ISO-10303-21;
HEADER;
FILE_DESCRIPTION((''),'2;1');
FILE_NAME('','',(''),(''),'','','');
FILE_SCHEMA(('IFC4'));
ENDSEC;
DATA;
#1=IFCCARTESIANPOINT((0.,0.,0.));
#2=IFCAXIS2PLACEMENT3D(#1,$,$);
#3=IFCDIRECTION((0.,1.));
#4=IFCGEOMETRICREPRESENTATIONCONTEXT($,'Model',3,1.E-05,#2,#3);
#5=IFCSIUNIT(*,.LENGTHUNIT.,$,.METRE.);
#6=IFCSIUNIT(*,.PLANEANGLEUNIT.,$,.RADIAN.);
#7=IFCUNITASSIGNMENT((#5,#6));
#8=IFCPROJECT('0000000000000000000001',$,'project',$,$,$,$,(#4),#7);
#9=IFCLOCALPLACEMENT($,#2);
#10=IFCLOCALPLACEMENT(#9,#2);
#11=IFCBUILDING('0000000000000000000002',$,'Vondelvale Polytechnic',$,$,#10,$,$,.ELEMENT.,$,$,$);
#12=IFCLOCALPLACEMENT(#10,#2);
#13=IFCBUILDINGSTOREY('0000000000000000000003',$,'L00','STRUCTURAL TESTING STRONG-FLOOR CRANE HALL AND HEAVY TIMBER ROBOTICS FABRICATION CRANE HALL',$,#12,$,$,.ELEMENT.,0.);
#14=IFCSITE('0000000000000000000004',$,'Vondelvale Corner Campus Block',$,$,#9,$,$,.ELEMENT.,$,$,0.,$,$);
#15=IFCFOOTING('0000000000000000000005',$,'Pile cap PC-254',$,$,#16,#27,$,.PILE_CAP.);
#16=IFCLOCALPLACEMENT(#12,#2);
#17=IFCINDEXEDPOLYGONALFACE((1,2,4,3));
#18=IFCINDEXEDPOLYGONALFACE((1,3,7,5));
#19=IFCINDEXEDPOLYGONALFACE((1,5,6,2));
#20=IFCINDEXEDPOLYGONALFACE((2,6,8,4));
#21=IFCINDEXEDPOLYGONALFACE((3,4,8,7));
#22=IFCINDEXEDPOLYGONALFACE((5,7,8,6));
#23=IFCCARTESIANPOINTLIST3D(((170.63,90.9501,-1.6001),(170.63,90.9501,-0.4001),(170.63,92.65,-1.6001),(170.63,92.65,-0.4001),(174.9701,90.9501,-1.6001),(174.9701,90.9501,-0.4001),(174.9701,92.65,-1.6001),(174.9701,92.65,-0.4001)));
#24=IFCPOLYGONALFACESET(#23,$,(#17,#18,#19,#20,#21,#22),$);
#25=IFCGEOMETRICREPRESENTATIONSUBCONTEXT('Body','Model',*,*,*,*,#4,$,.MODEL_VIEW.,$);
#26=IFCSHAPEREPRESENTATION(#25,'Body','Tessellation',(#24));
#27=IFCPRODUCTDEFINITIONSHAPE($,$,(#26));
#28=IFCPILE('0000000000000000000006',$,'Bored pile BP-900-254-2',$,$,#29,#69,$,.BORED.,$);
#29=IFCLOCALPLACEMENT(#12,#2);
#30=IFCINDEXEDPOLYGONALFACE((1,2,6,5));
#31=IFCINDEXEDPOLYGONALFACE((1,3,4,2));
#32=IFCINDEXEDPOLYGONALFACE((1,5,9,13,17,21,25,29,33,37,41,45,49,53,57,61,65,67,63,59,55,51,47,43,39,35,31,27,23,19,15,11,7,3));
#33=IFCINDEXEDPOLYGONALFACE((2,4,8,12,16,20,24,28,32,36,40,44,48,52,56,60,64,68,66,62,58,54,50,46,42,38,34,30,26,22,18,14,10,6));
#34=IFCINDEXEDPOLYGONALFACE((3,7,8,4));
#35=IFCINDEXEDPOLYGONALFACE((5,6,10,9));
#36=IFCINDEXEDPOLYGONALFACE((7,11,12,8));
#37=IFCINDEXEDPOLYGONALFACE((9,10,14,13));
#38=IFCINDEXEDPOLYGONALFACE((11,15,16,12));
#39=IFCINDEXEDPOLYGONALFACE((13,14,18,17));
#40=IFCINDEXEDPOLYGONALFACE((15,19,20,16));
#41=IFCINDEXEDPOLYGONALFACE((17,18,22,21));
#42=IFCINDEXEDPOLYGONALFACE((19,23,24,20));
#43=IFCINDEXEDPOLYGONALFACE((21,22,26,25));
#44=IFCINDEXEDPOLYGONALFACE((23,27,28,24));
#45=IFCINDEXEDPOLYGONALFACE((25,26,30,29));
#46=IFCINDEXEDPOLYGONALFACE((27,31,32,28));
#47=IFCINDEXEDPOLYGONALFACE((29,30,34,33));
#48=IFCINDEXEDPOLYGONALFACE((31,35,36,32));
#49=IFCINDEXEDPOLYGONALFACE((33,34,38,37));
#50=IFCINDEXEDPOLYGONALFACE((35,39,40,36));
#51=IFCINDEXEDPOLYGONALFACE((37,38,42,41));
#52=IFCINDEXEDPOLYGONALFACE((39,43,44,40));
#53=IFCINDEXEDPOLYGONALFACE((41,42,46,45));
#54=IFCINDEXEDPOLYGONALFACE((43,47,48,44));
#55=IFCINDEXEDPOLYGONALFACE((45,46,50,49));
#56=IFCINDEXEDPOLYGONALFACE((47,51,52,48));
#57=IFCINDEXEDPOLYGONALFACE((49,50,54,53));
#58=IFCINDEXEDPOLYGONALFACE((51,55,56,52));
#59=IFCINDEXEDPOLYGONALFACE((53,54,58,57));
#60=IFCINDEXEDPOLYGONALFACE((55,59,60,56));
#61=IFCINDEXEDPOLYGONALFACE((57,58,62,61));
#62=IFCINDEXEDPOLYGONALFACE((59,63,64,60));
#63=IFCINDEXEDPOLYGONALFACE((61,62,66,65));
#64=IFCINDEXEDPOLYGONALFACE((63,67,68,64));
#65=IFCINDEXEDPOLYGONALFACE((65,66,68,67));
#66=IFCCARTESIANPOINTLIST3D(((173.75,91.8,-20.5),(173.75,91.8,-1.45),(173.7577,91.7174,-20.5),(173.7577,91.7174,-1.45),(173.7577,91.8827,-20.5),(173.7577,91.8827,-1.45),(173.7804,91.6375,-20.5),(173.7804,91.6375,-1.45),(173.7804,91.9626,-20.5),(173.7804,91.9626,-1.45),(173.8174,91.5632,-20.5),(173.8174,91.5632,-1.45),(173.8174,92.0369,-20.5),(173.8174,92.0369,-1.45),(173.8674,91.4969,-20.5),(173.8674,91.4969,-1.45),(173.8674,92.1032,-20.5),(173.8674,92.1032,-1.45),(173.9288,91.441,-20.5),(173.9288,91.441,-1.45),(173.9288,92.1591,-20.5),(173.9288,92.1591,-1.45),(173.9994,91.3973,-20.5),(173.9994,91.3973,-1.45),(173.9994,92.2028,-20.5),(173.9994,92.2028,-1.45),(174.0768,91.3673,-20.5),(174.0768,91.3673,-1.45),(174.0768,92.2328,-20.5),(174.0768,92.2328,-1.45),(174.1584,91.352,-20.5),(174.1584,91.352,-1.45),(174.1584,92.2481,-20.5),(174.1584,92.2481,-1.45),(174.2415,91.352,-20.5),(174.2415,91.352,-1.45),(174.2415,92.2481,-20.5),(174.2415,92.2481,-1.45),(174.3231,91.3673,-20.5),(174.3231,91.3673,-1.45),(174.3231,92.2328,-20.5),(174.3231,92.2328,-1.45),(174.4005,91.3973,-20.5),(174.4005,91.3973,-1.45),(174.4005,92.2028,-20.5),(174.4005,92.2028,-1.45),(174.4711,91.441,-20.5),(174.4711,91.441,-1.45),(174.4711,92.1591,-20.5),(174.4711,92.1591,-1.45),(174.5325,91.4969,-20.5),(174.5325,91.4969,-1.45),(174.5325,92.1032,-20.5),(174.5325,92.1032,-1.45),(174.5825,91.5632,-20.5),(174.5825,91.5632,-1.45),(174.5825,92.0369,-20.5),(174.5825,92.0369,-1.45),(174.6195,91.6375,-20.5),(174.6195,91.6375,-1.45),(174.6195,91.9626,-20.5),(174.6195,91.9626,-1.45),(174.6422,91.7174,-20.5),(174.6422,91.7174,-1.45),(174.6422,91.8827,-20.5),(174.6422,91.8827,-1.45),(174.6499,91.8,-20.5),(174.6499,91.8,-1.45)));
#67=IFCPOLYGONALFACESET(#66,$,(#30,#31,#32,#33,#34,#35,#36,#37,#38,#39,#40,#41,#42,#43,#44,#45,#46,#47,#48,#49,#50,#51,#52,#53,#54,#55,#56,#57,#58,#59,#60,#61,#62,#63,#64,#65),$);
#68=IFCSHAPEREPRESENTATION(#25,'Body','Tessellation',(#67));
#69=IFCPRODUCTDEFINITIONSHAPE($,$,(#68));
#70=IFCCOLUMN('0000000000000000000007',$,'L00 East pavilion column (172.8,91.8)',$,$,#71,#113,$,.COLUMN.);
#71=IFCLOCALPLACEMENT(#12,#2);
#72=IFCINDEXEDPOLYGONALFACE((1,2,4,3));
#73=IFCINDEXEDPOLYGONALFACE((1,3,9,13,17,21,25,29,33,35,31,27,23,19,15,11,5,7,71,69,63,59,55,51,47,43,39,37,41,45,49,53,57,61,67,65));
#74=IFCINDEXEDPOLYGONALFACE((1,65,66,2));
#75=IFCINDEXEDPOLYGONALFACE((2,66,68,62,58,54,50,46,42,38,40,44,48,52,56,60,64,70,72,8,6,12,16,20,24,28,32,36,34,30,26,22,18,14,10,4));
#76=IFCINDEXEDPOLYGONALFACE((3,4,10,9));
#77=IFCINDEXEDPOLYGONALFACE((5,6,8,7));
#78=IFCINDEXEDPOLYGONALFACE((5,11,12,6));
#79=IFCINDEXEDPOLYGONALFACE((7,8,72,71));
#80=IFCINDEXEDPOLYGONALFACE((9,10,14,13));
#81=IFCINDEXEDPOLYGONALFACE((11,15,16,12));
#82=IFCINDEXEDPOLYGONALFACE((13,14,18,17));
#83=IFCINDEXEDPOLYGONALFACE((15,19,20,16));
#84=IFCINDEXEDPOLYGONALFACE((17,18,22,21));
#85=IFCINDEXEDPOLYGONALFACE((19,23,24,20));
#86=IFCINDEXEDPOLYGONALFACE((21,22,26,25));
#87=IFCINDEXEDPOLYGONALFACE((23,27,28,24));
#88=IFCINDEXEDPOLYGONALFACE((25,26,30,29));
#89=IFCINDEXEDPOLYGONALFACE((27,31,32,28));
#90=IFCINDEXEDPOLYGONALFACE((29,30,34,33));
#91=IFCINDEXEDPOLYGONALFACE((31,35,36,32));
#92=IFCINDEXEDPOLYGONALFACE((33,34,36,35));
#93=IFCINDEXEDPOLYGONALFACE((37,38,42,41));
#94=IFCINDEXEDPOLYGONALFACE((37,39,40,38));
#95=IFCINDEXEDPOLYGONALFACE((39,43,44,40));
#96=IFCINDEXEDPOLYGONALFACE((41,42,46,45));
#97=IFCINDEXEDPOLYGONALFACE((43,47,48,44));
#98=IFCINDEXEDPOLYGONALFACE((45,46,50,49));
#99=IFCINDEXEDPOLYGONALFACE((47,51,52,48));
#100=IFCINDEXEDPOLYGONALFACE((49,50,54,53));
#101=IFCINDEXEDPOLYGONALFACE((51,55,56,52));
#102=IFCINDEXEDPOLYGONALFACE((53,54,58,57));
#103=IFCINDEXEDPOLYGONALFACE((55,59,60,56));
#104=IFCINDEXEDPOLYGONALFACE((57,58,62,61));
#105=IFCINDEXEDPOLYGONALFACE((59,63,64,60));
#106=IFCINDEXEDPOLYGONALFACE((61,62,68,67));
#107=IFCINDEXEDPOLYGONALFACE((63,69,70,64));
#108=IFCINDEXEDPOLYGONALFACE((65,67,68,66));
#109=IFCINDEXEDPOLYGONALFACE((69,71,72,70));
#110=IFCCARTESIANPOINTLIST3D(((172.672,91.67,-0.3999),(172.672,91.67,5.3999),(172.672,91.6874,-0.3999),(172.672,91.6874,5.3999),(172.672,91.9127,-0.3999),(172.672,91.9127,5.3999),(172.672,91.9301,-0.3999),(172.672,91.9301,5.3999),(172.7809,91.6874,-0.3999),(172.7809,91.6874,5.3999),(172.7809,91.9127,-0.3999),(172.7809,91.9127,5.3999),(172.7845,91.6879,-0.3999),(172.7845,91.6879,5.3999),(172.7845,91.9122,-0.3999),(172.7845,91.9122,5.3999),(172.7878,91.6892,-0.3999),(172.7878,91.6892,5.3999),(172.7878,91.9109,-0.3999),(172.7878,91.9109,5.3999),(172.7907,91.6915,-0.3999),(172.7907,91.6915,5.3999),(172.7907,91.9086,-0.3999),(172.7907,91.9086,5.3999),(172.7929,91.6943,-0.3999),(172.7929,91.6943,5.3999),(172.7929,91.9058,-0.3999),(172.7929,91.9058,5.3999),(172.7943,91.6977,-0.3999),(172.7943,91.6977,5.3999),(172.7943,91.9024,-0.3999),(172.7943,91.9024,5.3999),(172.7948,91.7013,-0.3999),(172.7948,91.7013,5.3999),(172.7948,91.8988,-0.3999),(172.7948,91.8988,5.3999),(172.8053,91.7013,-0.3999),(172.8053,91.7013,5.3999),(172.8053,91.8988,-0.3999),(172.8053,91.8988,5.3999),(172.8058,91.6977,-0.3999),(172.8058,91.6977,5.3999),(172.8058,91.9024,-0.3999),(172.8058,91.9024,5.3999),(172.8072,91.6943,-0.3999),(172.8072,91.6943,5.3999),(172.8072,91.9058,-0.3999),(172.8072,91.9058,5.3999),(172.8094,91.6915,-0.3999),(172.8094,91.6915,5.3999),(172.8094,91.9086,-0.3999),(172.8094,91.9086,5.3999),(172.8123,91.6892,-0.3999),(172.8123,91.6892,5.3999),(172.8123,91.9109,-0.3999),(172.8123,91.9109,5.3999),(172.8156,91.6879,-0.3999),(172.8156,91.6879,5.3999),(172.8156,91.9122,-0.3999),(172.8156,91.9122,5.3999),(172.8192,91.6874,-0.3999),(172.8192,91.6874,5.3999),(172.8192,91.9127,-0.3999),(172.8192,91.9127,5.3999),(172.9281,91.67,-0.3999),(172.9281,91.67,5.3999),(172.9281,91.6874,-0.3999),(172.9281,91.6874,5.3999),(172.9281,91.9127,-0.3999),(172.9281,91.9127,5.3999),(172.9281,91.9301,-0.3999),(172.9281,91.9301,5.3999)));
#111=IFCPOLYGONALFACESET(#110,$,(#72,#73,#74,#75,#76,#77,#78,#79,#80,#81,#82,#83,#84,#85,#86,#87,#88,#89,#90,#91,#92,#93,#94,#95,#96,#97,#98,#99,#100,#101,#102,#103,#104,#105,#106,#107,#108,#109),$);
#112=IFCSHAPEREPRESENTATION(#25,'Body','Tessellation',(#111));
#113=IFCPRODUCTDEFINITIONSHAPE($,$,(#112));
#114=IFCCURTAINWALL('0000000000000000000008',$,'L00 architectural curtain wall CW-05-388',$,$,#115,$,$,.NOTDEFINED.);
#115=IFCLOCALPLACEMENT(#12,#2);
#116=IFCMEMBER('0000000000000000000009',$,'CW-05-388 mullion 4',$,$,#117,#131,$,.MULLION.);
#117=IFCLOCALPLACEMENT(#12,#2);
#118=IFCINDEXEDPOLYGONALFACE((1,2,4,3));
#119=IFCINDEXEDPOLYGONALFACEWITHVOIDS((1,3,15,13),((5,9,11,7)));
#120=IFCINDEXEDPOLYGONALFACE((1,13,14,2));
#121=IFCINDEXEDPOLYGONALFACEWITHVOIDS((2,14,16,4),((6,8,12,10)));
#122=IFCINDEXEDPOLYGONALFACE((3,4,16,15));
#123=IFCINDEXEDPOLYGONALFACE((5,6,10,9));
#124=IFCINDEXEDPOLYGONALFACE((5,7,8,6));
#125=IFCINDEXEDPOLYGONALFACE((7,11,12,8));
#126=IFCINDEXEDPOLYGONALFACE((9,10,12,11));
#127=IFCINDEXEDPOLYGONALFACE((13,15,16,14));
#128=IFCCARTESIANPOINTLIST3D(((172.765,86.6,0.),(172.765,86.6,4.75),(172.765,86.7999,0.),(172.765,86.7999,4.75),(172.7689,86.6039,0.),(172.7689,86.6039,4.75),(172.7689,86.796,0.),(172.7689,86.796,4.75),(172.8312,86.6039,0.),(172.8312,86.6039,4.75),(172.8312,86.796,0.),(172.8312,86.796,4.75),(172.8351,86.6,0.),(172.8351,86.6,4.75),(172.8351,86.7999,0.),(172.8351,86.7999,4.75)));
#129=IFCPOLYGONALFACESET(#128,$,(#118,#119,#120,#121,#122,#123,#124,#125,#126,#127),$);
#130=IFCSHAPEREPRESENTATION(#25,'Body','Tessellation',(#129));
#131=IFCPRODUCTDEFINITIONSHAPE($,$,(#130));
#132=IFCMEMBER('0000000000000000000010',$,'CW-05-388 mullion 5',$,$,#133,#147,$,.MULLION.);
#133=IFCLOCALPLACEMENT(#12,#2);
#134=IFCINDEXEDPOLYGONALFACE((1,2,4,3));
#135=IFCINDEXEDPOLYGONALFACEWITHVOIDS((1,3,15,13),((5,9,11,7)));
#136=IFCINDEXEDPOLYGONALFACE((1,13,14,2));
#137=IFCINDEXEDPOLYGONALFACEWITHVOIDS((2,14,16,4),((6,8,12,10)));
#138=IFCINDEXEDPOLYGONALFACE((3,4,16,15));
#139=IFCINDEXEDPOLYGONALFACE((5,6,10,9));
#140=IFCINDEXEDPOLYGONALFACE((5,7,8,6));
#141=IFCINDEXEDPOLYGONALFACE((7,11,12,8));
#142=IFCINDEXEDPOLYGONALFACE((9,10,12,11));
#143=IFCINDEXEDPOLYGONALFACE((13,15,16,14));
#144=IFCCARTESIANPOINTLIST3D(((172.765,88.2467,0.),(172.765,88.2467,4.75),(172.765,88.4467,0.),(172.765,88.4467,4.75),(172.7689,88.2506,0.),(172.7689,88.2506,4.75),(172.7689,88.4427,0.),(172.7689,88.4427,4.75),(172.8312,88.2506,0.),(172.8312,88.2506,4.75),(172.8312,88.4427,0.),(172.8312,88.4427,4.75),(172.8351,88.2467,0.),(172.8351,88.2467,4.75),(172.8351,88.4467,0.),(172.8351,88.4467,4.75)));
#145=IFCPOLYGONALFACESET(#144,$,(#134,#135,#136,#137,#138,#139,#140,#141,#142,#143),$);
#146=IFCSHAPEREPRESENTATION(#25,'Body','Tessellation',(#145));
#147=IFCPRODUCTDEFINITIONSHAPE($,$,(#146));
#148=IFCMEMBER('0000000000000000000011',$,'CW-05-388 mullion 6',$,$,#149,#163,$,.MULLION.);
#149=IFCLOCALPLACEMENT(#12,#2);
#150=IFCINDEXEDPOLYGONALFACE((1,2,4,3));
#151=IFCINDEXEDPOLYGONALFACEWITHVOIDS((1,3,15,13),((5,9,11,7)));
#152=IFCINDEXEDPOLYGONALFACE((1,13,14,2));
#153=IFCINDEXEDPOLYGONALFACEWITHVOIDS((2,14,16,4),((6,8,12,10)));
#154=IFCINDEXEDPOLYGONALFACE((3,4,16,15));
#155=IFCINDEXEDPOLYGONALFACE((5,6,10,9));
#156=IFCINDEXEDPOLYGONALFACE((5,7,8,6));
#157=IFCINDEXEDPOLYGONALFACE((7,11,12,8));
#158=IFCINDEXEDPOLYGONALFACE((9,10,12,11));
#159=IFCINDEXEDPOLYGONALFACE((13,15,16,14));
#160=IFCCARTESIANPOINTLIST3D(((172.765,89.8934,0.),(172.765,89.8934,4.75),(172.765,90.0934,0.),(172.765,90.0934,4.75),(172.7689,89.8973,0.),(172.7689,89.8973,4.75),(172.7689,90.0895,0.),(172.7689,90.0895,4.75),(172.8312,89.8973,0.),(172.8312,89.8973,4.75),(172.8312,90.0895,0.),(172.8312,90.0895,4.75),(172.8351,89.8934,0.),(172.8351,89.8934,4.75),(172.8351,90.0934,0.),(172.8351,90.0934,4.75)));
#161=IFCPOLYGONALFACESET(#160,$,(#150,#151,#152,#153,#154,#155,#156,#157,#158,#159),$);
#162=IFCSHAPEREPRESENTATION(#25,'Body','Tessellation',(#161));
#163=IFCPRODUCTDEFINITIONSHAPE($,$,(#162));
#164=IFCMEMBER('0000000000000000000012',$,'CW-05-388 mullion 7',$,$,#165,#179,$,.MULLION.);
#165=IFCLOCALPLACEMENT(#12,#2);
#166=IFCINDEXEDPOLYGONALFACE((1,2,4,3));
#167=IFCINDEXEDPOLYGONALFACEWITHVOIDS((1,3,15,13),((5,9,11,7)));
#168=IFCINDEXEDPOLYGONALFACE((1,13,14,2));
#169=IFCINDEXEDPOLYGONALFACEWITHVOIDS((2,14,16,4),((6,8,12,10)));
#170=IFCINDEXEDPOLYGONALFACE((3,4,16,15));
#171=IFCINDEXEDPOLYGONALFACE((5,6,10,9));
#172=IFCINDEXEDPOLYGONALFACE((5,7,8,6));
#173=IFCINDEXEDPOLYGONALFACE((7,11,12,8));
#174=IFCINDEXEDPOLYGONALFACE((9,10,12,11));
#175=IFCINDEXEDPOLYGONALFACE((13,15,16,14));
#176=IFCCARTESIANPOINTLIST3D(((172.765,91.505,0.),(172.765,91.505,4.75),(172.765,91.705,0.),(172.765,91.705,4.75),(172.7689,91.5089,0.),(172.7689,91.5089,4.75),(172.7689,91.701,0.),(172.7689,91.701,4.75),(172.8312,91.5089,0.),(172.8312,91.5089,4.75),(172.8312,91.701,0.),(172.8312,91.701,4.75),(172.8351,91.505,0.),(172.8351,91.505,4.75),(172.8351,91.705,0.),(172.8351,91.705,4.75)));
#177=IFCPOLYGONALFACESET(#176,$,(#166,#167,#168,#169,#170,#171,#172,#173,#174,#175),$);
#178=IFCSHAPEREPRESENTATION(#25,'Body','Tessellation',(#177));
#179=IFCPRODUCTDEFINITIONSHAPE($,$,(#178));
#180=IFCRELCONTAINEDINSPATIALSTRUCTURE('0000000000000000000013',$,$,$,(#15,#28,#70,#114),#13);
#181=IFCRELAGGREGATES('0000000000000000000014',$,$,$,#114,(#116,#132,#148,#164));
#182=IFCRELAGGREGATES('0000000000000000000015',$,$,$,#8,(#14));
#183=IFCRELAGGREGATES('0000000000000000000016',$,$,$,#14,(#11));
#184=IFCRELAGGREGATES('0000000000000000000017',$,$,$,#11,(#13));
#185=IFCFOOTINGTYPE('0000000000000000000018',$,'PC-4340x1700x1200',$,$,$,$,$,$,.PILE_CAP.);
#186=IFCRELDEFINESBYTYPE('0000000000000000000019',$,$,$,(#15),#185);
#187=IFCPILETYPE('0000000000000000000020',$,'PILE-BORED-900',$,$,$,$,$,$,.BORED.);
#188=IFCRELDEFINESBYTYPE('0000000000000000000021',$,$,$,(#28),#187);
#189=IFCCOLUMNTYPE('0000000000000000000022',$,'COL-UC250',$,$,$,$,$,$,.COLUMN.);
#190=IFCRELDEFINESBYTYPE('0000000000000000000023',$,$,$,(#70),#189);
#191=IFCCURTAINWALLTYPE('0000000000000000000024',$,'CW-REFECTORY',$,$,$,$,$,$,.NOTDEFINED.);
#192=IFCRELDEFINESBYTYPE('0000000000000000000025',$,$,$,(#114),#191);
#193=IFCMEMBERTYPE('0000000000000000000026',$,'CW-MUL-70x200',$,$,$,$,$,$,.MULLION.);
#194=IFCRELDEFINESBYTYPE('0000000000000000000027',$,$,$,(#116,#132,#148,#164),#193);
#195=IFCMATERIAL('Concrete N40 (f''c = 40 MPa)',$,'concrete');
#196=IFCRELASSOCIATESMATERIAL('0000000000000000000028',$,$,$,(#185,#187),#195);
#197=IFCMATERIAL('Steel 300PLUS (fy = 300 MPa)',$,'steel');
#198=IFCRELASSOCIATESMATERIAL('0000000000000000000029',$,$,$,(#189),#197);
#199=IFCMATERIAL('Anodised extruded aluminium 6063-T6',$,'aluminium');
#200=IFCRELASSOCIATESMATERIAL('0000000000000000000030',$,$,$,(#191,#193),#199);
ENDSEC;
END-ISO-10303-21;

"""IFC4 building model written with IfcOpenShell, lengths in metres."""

from ifc_helpers import new_model, si_unit, direction, frame, origin, origin_2d, place, context, subcontext, project, spatial, rectangle, hollow_rectangle, circle, i_section, extrude, material, material_profile, profile_set, type_object, element, aggregate, save


model = new_model("IFC4")

# Units and contexts
model_context = context("Model", 3, precision=1e-05, world=origin(), true_north=direction((0.0, 1.0)))
body_context = subcontext(model_context, "Body", "Model", "MODEL_VIEW")
ifc_project = project(units=[si_unit("LENGTHUNIT", "METRE"), si_unit("PLANEANGLEUNIT", "RADIAN")], contexts=[model_context])

# Site, building, storey
site_placement = place(None, origin())
site = spatial("IfcSite", under=ifc_project, at=site_placement, Name="Vondelvale Corner Campus Block", CompositionType="ELEMENT", RefElevation=0.0)
building_placement = place(site_placement, origin())
building = spatial("IfcBuilding", under=site, at=building_placement, Name="Vondelvale Polytechnic", CompositionType="ELEMENT")
storey_placement = place(building_placement, origin())
storey = spatial("IfcBuildingStorey", under=building, at=storey_placement, Name="L00", Description="STRUCTURAL TESTING STRONG-FLOOR CRANE HALL AND HEAVY TIMBER ROBOTICS FABRICATION CRANE HALL", CompositionType="ELEMENT", Elevation=0.0)

# Footing
ifc_material_1 = material(Name="Concrete N40 (f'c = 40 MPa)", Category="concrete")
footing_type = type_object("IfcFootingType", Name="PC-4340x1700x1200", PredefinedType="PILE_CAP", material=ifc_material_1)
footing_placement = place(storey_placement, frame((172.8, 91.8, -1.6001), z_axis=(0.0, 0.0, 1.0), x_axis=(1.0, 0.0, 0.0)))
element("IfcFooting", 1, at=footing_placement, inside=storey, type_object=footing_type, Name="Pile cap PC-254", PredefinedType="PILE_CAP", context=body_context, shape_type="SweptSolid", body=[
    extrude(rectangle(XDim=4.3401, YDim=1.7, at=origin_2d()), origin(), (0.0, 0.0, 1.0), 1.2),
])

# Pile
ifc_material_profile_1 = material_profile(ifc_material_1, circle(Radius=0.45, at=origin_2d()), Name="PILE-D900")
ifc_profile_set_1 = profile_set([ifc_material_profile_1], Name="Concrete N40 (f'c = 40 MPa)")
pile_type = type_object("IfcPileType", Name="PILE-BORED-900", PredefinedType="BORED", material=ifc_profile_set_1)
pile_placement = place(storey_placement, frame((174.2, 91.8, -1.45), z_axis=(0.0, 0.0, -1.0), x_axis=(1.0, 0.0, 0.0)))
element("IfcPile", 2, at=pile_placement, inside=storey, type_object=pile_type, Name="Bored pile BP-900-254-2", PredefinedType="BORED", context=body_context, shape_type="SweptSolid", body=[
    extrude(circle(Radius=0.45, at=origin_2d()), origin(), (0.0, 0.0, 1.0), 19.05),
])

# Column
ifc_material_2 = material(Name="Steel 300PLUS (fy = 300 MPa)", Category="steel")
ifc_material_profile_2 = material_profile(ifc_material_2, i_section(OverallWidth=0.2561, OverallDepth=0.26, WebThickness=0.0105, FlangeThickness=0.0173, FilletRadius=0.0139, at=origin_2d()), Name="250UC89.5")
ifc_profile_set_2 = profile_set([ifc_material_profile_2], Name="Steel 300PLUS (fy = 300 MPa)")
column_type = type_object("IfcColumnType", Name="COL-UC250", PredefinedType="COLUMN", material=ifc_profile_set_2)
column_placement = place(storey_placement, frame((172.8, 91.8, -0.3999), z_axis=(0.0, 0.0, 1.0), x_axis=(1.0, 0.0, 0.0)))
element("IfcColumn", 3, at=column_placement, inside=storey, type_object=column_type, Name="L00 East pavilion column (172.8,91.8)", PredefinedType="COLUMN", context=body_context, shape_type="SweptSolid", body=[
    extrude(i_section(OverallWidth=0.2561, OverallDepth=0.26, WebThickness=0.0105, FlangeThickness=0.0173, FilletRadius=0.0139, at=origin_2d()), origin(), (0.0, 0.0, 1.0), 5.7998),
])

# Curtain wall, members
ifc_material_3 = material(Name="Anodised extruded aluminium 6063-T6", Category="aluminium")
curtain_wall_type = type_object("IfcCurtainWallType", Name="CW-REFECTORY", PredefinedType="NOTDEFINED", material=ifc_material_3)
curtain_wall_placement = place(storey_placement, origin())
curtain_wall = element("IfcCurtainWall", 4, at=curtain_wall_placement, inside=storey, type_object=curtain_wall_type, Name="L00 architectural curtain wall CW-05-388", PredefinedType="NOTDEFINED")
ifc_material_profile_3 = material_profile(ifc_material_3, hollow_rectangle(XDim=0.0701, YDim=0.2, WallThickness=0.0039, at=origin_2d()), Name="CW-MUL-200x70")
ifc_profile_set_3 = profile_set([ifc_material_profile_3], Name="Anodised extruded aluminium 6063-T6")
member_type_1 = type_object("IfcMemberType", Name="CW-MUL-70x200", PredefinedType="MULLION", material=ifc_profile_set_3)
member_1_placement = place(storey_placement, frame((172.8, 86.7, 0.0), z_axis=(0.0, 0.0, 1.0), x_axis=(-1.0, 0.0, 0.0)))
member_1 = element("IfcMember", 5, at=member_1_placement, type_object=member_type_1, Name="CW-05-388 mullion 4", PredefinedType="MULLION", context=body_context, shape_type="SweptSolid", body=[
    extrude(hollow_rectangle(XDim=0.0701, YDim=0.2, WallThickness=0.0039, at=origin_2d()), origin(), (0.0, 0.0, 1.0), 4.75),
])
member_2_placement = place(storey_placement, frame((172.8, 88.3467, 0.0), z_axis=(0.0, 0.0, 1.0), x_axis=(-1.0, 0.0, 0.0)))
member_2 = element("IfcMember", 6, at=member_2_placement, type_object=member_type_1, Name="CW-05-388 mullion 5", PredefinedType="MULLION", context=body_context, shape_type="SweptSolid", body=[
    extrude(hollow_rectangle(XDim=0.0701, YDim=0.2, WallThickness=0.0039, at=origin_2d()), origin(), (0.0, 0.0, 1.0), 4.75),
])
member_3_placement = place(storey_placement, frame((172.8, 89.9934, 0.0), z_axis=(0.0, 0.0, 1.0), x_axis=(-1.0, 0.0, 0.0)))
member_3 = element("IfcMember", 7, at=member_3_placement, type_object=member_type_1, Name="CW-05-388 mullion 6", PredefinedType="MULLION", context=body_context, shape_type="SweptSolid", body=[
    extrude(hollow_rectangle(XDim=0.0701, YDim=0.2, WallThickness=0.0039, at=origin_2d()), origin(), (0.0, 0.0, 1.0), 4.75),
])
member_4_placement = place(storey_placement, frame((172.8, 91.605, 0.0), z_axis=(0.0, 0.0, 1.0), x_axis=(-1.0, 0.0, 0.0)))
member_4 = element("IfcMember", 8, at=member_4_placement, type_object=member_type_1, Name="CW-05-388 mullion 7", PredefinedType="MULLION", context=body_context, shape_type="SweptSolid", body=[
    extrude(hollow_rectangle(XDim=0.0701, YDim=0.2, WallThickness=0.0039, at=origin_2d()), origin(), (0.0, 0.0, 1.0), 4.75),
])
aggregate(curtain_wall, [member_1, member_2, member_3, member_4])

save(model, "model.ifc")
